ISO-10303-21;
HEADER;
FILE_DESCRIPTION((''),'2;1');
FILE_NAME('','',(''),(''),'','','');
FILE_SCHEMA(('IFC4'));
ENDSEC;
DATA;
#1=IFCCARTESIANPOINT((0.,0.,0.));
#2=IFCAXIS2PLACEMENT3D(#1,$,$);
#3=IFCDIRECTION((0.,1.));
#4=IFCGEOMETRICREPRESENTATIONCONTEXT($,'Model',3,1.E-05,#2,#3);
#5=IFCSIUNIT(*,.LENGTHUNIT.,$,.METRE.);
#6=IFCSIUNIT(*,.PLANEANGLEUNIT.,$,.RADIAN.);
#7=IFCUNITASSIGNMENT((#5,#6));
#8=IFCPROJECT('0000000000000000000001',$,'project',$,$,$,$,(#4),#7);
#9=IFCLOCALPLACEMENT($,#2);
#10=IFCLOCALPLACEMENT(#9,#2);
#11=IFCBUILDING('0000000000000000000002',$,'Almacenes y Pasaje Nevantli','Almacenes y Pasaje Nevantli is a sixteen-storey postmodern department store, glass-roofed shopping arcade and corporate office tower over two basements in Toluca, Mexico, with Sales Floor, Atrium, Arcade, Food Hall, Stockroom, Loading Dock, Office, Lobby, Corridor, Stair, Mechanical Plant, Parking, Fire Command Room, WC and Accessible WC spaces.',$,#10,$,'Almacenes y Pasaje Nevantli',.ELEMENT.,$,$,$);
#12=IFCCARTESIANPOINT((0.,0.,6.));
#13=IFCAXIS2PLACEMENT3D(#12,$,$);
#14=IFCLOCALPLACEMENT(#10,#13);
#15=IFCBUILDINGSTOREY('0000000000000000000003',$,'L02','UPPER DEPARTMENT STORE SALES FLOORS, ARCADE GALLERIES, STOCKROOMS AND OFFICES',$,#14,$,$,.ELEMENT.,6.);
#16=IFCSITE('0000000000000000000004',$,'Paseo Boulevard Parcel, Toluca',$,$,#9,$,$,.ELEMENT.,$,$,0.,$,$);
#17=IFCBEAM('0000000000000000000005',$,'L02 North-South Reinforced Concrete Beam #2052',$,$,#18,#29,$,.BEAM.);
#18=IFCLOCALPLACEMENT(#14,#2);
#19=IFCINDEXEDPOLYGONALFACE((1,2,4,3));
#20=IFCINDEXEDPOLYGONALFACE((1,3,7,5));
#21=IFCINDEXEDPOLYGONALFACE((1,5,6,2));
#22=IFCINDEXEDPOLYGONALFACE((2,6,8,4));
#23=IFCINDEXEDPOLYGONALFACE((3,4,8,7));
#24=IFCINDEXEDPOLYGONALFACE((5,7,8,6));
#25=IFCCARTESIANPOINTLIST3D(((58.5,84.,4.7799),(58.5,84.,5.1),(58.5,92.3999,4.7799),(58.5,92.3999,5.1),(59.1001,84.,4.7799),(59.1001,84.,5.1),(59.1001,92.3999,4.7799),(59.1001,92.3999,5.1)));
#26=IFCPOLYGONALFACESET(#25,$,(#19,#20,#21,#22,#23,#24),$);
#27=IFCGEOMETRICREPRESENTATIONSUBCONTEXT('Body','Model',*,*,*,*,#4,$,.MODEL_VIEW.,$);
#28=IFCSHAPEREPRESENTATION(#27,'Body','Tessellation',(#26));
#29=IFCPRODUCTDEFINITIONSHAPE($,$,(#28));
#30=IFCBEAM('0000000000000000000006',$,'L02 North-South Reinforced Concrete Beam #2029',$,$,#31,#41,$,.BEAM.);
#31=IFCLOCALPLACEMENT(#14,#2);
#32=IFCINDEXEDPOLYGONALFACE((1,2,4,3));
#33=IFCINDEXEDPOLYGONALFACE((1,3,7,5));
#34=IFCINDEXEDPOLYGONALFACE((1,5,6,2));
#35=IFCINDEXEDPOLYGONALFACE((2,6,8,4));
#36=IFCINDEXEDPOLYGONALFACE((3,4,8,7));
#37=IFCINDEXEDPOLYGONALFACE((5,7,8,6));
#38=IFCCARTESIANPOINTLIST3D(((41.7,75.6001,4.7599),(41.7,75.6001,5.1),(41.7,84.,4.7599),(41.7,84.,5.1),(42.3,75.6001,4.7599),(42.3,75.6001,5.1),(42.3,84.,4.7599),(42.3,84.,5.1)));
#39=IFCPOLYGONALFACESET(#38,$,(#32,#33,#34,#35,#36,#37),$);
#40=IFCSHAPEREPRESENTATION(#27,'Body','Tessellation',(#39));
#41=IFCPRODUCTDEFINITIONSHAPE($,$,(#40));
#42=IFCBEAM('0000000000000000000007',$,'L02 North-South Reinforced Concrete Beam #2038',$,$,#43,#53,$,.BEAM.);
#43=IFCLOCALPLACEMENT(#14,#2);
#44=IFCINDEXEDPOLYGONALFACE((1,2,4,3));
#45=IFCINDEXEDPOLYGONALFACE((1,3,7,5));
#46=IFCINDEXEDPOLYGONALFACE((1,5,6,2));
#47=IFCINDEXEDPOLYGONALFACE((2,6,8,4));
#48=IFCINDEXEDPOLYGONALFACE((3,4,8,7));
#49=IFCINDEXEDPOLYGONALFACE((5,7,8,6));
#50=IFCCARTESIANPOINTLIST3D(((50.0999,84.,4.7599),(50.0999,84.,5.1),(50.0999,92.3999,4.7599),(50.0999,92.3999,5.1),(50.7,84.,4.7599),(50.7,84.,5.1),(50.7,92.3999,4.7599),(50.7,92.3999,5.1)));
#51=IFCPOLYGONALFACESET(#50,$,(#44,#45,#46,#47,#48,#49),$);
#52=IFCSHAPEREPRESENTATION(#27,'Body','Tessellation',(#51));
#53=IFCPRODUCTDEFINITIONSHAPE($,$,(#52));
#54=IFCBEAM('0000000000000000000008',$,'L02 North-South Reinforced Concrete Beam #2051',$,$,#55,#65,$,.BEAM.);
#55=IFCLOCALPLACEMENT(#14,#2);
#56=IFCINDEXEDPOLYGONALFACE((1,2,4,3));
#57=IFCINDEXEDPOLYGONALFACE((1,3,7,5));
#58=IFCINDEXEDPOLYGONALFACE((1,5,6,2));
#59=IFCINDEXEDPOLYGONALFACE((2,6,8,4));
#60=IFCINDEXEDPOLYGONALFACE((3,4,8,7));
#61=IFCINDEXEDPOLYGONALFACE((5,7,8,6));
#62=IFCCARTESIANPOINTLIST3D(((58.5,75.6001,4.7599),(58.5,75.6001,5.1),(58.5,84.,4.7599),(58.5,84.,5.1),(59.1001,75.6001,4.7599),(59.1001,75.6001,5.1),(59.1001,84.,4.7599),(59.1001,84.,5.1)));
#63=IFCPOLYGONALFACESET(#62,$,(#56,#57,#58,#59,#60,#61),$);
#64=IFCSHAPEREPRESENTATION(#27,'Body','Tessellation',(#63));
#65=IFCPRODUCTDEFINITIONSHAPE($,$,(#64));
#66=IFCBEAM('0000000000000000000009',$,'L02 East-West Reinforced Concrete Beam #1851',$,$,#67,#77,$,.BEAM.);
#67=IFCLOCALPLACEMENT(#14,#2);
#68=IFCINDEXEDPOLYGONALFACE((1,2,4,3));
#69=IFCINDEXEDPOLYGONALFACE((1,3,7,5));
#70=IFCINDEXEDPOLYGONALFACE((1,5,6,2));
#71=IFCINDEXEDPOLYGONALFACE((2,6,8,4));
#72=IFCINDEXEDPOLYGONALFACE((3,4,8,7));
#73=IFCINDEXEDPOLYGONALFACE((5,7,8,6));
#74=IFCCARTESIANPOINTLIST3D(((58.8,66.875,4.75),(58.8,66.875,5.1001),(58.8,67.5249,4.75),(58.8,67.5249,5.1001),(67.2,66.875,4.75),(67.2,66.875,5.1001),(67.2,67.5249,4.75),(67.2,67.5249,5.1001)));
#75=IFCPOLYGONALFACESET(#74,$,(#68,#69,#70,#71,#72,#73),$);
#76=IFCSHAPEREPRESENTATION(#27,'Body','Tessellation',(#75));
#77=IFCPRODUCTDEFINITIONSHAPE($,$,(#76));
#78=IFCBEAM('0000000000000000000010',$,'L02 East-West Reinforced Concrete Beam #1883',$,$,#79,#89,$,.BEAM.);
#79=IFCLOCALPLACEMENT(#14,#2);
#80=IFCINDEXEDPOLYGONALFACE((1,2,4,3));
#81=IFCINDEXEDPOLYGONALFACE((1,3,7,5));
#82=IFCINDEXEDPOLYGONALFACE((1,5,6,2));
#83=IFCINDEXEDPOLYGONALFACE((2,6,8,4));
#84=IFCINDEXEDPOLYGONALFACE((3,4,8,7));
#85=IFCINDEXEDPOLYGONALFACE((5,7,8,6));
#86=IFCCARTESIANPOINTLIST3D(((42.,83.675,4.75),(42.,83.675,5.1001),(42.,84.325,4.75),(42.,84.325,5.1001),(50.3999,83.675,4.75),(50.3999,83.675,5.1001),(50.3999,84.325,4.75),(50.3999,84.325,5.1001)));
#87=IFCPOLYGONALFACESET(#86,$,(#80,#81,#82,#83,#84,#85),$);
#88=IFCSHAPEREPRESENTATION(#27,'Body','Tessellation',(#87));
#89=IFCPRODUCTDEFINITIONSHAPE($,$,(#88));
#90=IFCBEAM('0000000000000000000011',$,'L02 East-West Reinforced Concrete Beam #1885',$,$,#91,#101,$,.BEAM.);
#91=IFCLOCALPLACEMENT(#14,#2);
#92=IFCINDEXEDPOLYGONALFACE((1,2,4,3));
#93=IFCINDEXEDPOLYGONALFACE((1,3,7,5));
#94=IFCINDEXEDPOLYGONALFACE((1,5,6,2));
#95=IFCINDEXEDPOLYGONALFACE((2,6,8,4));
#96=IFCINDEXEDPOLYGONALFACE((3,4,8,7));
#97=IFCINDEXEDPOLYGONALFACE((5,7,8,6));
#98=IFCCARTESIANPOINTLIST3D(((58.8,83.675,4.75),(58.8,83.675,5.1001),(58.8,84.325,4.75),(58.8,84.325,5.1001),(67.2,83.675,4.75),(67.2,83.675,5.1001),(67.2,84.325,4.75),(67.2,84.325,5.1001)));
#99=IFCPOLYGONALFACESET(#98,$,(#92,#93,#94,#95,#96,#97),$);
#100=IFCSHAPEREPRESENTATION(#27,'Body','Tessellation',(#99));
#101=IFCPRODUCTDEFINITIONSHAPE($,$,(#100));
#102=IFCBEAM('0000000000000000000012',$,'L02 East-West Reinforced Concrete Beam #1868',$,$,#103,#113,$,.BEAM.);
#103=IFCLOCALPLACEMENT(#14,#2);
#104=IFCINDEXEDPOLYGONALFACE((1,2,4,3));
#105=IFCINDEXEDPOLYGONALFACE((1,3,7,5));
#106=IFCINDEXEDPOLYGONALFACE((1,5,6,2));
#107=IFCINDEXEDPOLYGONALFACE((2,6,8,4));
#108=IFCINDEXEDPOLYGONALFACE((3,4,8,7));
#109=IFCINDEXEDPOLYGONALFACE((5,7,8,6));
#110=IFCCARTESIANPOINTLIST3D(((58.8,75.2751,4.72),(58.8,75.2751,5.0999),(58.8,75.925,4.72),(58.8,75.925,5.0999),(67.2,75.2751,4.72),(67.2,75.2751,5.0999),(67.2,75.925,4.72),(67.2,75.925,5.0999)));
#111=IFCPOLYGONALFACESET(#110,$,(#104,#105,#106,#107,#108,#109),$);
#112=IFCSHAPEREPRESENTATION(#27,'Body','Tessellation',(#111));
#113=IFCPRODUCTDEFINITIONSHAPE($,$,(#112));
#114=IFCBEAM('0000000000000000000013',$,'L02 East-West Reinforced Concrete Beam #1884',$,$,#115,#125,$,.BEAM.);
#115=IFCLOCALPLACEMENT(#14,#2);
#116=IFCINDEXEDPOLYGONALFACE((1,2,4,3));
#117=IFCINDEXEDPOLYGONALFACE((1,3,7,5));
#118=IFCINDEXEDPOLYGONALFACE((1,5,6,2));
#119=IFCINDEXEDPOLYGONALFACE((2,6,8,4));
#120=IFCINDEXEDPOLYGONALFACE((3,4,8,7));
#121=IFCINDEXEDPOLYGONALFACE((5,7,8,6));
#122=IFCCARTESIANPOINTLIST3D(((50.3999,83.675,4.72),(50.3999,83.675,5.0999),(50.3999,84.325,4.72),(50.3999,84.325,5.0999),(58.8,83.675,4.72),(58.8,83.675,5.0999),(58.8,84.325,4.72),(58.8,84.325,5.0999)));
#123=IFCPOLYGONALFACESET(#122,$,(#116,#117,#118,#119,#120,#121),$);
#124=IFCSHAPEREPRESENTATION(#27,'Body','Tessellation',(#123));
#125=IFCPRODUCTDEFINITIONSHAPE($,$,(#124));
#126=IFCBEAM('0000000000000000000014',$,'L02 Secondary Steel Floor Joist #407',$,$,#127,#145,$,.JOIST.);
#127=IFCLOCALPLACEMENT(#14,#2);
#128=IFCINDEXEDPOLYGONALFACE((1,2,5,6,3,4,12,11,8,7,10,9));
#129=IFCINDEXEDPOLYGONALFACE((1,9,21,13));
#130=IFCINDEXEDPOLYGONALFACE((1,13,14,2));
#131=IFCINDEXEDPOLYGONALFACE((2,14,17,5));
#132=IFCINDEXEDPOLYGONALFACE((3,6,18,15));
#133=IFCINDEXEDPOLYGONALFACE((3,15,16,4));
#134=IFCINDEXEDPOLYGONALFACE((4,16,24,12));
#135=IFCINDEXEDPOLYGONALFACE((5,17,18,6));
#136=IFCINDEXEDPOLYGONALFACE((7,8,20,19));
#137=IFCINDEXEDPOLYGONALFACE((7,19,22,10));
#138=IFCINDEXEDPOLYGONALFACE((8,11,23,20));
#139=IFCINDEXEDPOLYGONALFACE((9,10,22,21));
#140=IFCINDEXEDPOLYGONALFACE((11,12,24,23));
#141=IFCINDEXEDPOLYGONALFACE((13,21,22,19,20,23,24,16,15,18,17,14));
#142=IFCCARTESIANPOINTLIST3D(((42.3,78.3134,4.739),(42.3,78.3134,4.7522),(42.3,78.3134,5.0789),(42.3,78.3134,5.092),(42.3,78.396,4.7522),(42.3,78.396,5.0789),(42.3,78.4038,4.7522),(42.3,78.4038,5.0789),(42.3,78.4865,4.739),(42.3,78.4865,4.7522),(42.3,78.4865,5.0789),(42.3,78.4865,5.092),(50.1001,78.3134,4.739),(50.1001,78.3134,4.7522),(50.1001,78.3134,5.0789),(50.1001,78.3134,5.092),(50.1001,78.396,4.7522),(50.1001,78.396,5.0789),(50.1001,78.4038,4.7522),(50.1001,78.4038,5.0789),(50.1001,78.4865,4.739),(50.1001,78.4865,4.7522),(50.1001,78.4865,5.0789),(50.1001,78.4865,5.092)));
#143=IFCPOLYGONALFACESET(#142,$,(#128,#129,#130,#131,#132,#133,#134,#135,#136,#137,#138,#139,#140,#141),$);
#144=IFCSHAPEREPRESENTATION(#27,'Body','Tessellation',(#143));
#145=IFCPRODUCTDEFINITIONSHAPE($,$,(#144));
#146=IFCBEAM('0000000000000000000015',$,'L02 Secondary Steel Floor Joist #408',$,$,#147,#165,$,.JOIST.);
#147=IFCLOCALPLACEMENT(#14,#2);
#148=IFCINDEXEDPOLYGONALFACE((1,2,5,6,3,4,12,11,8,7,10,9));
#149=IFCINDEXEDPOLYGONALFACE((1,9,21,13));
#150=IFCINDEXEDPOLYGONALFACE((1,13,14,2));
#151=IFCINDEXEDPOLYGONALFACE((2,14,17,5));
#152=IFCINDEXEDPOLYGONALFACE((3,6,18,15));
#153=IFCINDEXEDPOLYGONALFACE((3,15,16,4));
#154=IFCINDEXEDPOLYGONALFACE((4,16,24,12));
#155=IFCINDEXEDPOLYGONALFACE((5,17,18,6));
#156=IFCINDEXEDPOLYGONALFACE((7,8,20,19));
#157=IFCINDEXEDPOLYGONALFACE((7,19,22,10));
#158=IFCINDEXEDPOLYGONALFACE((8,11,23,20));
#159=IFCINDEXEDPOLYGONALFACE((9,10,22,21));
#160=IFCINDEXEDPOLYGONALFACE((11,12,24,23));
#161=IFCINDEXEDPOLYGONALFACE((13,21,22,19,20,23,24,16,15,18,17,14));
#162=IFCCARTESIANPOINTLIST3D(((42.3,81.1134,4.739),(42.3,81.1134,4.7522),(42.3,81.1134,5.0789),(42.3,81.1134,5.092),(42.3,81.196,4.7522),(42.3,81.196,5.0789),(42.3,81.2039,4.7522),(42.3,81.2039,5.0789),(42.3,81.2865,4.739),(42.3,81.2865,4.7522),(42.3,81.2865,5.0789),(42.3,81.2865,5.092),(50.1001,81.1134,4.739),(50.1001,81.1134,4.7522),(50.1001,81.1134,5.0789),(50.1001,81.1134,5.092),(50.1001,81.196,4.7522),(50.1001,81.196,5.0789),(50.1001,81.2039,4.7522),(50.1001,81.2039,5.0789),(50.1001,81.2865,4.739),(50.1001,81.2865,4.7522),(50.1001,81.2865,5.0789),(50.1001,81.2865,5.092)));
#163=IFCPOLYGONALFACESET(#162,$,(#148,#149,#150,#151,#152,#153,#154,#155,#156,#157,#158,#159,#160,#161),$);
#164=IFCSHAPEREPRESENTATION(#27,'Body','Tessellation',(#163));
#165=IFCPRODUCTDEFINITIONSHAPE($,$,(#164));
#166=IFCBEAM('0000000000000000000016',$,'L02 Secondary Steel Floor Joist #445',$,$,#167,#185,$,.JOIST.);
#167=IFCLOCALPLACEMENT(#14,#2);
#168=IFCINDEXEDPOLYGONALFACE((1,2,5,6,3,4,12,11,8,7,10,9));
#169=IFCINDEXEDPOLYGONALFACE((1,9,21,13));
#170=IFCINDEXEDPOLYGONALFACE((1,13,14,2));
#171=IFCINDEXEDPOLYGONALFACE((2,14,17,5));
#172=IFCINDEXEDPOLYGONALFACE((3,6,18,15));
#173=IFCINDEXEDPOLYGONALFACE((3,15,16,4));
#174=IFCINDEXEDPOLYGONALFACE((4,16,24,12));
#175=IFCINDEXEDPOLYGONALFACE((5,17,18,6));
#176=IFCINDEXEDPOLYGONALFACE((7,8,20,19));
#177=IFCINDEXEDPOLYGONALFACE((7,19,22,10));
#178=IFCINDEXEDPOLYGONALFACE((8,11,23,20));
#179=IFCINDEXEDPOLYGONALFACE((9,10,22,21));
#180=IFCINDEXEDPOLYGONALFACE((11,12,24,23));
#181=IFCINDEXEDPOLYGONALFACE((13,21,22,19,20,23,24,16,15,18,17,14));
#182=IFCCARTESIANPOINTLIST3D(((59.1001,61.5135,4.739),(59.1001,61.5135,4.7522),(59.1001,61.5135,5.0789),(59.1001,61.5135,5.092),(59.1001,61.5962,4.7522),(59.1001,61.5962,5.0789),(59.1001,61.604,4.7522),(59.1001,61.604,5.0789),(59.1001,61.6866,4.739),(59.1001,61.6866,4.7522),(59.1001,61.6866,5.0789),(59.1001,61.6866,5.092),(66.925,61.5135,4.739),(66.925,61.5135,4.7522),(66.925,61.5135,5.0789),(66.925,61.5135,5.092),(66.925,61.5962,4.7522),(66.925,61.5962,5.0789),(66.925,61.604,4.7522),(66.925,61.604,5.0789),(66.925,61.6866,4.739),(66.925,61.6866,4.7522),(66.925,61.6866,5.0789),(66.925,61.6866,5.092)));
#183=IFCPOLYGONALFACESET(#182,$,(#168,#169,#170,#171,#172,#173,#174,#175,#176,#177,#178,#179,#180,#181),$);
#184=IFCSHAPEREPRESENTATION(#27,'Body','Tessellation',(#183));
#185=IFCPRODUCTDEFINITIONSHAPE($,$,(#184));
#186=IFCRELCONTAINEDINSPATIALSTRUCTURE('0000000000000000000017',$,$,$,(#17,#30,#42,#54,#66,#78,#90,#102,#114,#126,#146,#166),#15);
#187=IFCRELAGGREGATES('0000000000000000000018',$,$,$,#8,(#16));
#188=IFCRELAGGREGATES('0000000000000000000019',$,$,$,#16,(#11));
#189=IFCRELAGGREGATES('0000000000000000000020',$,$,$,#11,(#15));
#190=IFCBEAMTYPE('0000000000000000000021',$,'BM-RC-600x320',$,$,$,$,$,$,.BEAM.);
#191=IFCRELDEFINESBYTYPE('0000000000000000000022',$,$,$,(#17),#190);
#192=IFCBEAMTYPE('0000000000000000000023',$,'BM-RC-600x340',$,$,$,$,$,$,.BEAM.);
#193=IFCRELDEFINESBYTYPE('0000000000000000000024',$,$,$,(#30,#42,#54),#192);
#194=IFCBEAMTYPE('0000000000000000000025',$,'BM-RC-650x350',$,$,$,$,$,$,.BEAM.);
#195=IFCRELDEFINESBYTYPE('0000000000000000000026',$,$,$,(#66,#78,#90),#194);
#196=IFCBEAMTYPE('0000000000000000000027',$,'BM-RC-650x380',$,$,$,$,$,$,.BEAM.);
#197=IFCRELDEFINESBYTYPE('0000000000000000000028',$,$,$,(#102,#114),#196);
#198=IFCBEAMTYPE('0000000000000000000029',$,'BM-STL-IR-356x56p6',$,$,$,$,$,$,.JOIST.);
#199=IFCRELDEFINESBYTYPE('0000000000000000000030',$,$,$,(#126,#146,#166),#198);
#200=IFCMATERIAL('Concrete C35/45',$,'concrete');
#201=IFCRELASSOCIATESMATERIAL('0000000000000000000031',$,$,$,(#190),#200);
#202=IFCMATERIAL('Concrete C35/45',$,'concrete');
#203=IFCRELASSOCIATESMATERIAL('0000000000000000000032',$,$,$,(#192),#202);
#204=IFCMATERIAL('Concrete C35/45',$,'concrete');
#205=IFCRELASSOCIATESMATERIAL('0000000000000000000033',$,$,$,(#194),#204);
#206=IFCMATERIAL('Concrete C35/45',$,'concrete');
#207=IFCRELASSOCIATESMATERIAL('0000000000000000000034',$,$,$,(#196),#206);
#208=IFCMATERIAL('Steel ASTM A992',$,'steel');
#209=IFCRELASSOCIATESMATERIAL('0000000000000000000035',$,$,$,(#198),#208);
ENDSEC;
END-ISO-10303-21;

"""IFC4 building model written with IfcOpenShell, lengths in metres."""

from ifc_helpers import new_model, si_unit, direction, frame, origin, origin_2d, place, context, subcontext, project, spatial, rectangle, i_section, extrude, material, material_profile, profile_set, type_object, element, save


model = new_model("IFC4")

# Units and contexts
model_context = context("Model", 3, precision=1e-05, world=origin(), true_north=direction((0.0, 1.0)))
body_context = subcontext(model_context, "Body", "Model", "MODEL_VIEW")
ifc_project = project(units=[si_unit("LENGTHUNIT", "METRE"), si_unit("PLANEANGLEUNIT", "RADIAN")], contexts=[model_context])

# Site, building, storey
site_placement = place(None, origin())
site = spatial("IfcSite", under=ifc_project, at=site_placement, Name="Paseo Boulevard Parcel, Toluca", CompositionType="ELEMENT", RefElevation=0.0)
building_placement = place(site_placement, origin())
building = spatial("IfcBuilding", under=site, at=building_placement, Name="Almacenes y Pasaje Nevantli", Description="Almacenes y Pasaje Nevantli is a sixteen-storey postmodern department store, glass-roofed shopping arcade and corporate office tower over two basements in Toluca, Mexico, with Sales Floor, Atrium, Arcade, Food Hall, Stockroom, Loading Dock, Office, Lobby, Corridor, Stair, Mechanical Plant, Parking, Fire Command Room, WC and Accessible WC spaces.", LongName="Almacenes y Pasaje Nevantli", CompositionType="ELEMENT")
storey_placement = place(building_placement, frame((0.0, 0.0, 6.0)))
storey = spatial("IfcBuildingStorey", under=building, at=storey_placement, Name="L02", Description="UPPER DEPARTMENT STORE SALES FLOORS, ARCADE GALLERIES, STOCKROOMS AND OFFICES", CompositionType="ELEMENT", Elevation=6.0)

# Beams
ifc_material_1 = material(Name="Concrete C35/45", Category="concrete")
ifc_material_profile_1 = material_profile(ifc_material_1, rectangle(XDim=0.6001, YDim=0.3201, at=origin_2d()), Name="RC-BM-600x320")
ifc_profile_set_1 = profile_set([ifc_material_profile_1], Name="Concrete C35/45")
beam_type_1 = type_object("IfcBeamType", Name="BM-RC-600x320", PredefinedType="BEAM", material=ifc_profile_set_1)
beam_1_placement = place(storey_placement, frame((58.8, 84.0, 4.9399), z_axis=(0.0, 1.0, 0.0), x_axis=(-1.0, 0.0, 0.0)))
element("IfcBeam", 1, at=beam_1_placement, inside=storey, type_object=beam_type_1, Name="L02 North-South Reinforced Concrete Beam #2052", PredefinedType="BEAM", context=body_context, shape_type="SweptSolid", body=[
    extrude(rectangle(XDim=0.6001, YDim=0.3201, at=origin_2d()), origin(), (0.0, 0.0, 1.0), 8.3999),
])
ifc_material_2 = material(Name="Concrete C35/45", Category="concrete")
ifc_material_profile_2 = material_profile(ifc_material_2, rectangle(XDim=0.6001, YDim=0.3401, at=origin_2d()), Name="RC-BM-600x340")
ifc_profile_set_2 = profile_set([ifc_material_profile_2], Name="Concrete C35/45")
beam_type_2 = type_object("IfcBeamType", Name="BM-RC-600x340", PredefinedType="BEAM", material=ifc_profile_set_2)
for number, where, z_axis, x_axis, name in (
    (2, (42.0, 75.6001, 4.9299), (0.0, 1.0, 0.0), (-1.0, 0.0, 0.0), "L02 North-South Reinforced Concrete Beam #2029"),
    (3, (50.3999, 84.0, 4.9299), (0.0, 1.0, 0.0), (-1.0, 0.0, 0.0), "L02 North-South Reinforced Concrete Beam #2038"),
    (4, (58.8, 75.6001, 4.9299), (0.0, 1.0, 0.0), (-1.0, 0.0, 0.0), "L02 North-South Reinforced Concrete Beam #2051"),
):
    element("IfcBeam", number, at=place(storey_placement, frame(where, z_axis=z_axis, x_axis=x_axis)), inside=storey, type_object=beam_type_2, Name=name, PredefinedType="BEAM", context=body_context, shape_type="SweptSolid", body=[
        extrude(rectangle(XDim=0.6001, YDim=0.3401, at=origin_2d()), origin(), (0.0, 0.0, 1.0), 8.3999),
    ])
ifc_material_3 = material(Name="Concrete C35/45", Category="concrete")
ifc_material_profile_3 = material_profile(ifc_material_3, rectangle(XDim=0.6499, YDim=0.3501, at=origin_2d()), Name="RC-BM-650x350")
ifc_profile_set_3 = profile_set([ifc_material_profile_3], Name="Concrete C35/45")
beam_type_3 = type_object("IfcBeamType", Name="BM-RC-650x350", PredefinedType="BEAM", material=ifc_profile_set_3)
for number, where, z_axis, x_axis, name in (
    (5, (58.8, 67.2, 4.925), (1.0, 0.0, 0.0), (0.0, 1.0, 0.0), "L02 East-West Reinforced Concrete Beam #1851"),
    (6, (42.0, 84.0, 4.925), (1.0, 0.0, 0.0), (0.0, 1.0, 0.0), "L02 East-West Reinforced Concrete Beam #1883"),
    (7, (58.8, 84.0, 4.925), (1.0, 0.0, 0.0), (0.0, 1.0, 0.0), "L02 East-West Reinforced Concrete Beam #1885"),
):
    element("IfcBeam", number, at=place(storey_placement, frame(where, z_axis=z_axis, x_axis=x_axis)), inside=storey, type_object=beam_type_3, Name=name, PredefinedType="BEAM", context=body_context, shape_type="SweptSolid", body=[
        extrude(rectangle(XDim=0.6499, YDim=0.3501, at=origin_2d()), origin(), (0.0, 0.0, 1.0), 8.3999),
    ])
ifc_material_4 = material(Name="Concrete C35/45", Category="concrete")
ifc_material_profile_4 = material_profile(ifc_material_4, rectangle(XDim=0.6499, YDim=0.3799, at=origin_2d()), Name="RC-BM-650x380")
ifc_profile_set_4 = profile_set([ifc_material_profile_4], Name="Concrete C35/45")
beam_type_4 = type_object("IfcBeamType", Name="BM-RC-650x380", PredefinedType="BEAM", material=ifc_profile_set_4)
beam_2_placement = place(storey_placement, frame((58.8, 75.6001, 4.9099), z_axis=(1.0, 0.0, 0.0), x_axis=(0.0, 1.0, 0.0)))
element("IfcBeam", 8, at=beam_2_placement, inside=storey, type_object=beam_type_4, Name="L02 East-West Reinforced Concrete Beam #1868", PredefinedType="BEAM", context=body_context, shape_type="SweptSolid", body=[
    extrude(rectangle(XDim=0.6499, YDim=0.3799, at=origin_2d()), origin(), (0.0, 0.0, 1.0), 8.3999),
])
beam_3_placement = place(storey_placement, frame((50.3999, 84.0, 4.9099), z_axis=(1.0, 0.0, 0.0), x_axis=(0.0, 1.0, 0.0)))
element("IfcBeam", 9, at=beam_3_placement, inside=storey, type_object=beam_type_4, Name="L02 East-West Reinforced Concrete Beam #1884", PredefinedType="BEAM", context=body_context, shape_type="SweptSolid", body=[
    extrude(rectangle(XDim=0.6499, YDim=0.3799, at=origin_2d()), origin(), (0.0, 0.0, 1.0), 8.4001),
])
ifc_material_5 = material(Name="Steel ASTM A992", Category="steel")
ifc_material_profile_5 = material_profile(ifc_material_5, i_section(OverallWidth=0.1731, OverallDepth=0.353, WebThickness=0.0078, FlangeThickness=0.0132, at=origin_2d()), Name="IR 356x56.6")
ifc_profile_set_5 = profile_set([ifc_material_profile_5], Name="Steel ASTM A992")
beam_type_5 = type_object("IfcBeamType", Name="BM-STL-IR-356x56p6", PredefinedType="JOIST", material=ifc_profile_set_5)
for number, where, z_axis, x_axis, name in (
    (10, (42.3, 78.3999, 4.9155), (1.0, 0.0, 0.0), (0.0, 1.0, 0.0), "L02 Secondary Steel Floor Joist #407"),
    (11, (42.3, 81.2, 4.9155), (1.0, 0.0, 0.0), (0.0, 1.0, 0.0), "L02 Secondary Steel Floor Joist #408"),
):
    element("IfcBeam", number, at=place(storey_placement, frame(where, z_axis=z_axis, x_axis=x_axis)), inside=storey, type_object=beam_type_5, Name=name, PredefinedType="JOIST", context=body_context, shape_type="SweptSolid", body=[
        extrude(i_section(OverallWidth=0.1731, OverallDepth=0.353, WebThickness=0.0078, FlangeThickness=0.0132, at=origin_2d()), origin(), (0.0, 0.0, 1.0), 7.8),
    ])
for number, where, z_axis, x_axis, name in (
    (12, (59.1001, 61.6001, 4.9155), (1.0, 0.0, 0.0), (0.0, 1.0, 0.0), "L02 Secondary Steel Floor Joist #445"),
):
    element("IfcBeam", number, at=place(storey_placement, frame(where, z_axis=z_axis, x_axis=x_axis)), inside=storey, type_object=beam_type_5, Name=name, PredefinedType="JOIST", context=body_context, shape_type="SweptSolid", body=[
        extrude(i_section(OverallWidth=0.1731, OverallDepth=0.353, WebThickness=0.0078, FlangeThickness=0.0132, at=origin_2d()), origin(), (0.0, 0.0, 1.0), 7.825),
    ])

save(model, "model.ifc")
